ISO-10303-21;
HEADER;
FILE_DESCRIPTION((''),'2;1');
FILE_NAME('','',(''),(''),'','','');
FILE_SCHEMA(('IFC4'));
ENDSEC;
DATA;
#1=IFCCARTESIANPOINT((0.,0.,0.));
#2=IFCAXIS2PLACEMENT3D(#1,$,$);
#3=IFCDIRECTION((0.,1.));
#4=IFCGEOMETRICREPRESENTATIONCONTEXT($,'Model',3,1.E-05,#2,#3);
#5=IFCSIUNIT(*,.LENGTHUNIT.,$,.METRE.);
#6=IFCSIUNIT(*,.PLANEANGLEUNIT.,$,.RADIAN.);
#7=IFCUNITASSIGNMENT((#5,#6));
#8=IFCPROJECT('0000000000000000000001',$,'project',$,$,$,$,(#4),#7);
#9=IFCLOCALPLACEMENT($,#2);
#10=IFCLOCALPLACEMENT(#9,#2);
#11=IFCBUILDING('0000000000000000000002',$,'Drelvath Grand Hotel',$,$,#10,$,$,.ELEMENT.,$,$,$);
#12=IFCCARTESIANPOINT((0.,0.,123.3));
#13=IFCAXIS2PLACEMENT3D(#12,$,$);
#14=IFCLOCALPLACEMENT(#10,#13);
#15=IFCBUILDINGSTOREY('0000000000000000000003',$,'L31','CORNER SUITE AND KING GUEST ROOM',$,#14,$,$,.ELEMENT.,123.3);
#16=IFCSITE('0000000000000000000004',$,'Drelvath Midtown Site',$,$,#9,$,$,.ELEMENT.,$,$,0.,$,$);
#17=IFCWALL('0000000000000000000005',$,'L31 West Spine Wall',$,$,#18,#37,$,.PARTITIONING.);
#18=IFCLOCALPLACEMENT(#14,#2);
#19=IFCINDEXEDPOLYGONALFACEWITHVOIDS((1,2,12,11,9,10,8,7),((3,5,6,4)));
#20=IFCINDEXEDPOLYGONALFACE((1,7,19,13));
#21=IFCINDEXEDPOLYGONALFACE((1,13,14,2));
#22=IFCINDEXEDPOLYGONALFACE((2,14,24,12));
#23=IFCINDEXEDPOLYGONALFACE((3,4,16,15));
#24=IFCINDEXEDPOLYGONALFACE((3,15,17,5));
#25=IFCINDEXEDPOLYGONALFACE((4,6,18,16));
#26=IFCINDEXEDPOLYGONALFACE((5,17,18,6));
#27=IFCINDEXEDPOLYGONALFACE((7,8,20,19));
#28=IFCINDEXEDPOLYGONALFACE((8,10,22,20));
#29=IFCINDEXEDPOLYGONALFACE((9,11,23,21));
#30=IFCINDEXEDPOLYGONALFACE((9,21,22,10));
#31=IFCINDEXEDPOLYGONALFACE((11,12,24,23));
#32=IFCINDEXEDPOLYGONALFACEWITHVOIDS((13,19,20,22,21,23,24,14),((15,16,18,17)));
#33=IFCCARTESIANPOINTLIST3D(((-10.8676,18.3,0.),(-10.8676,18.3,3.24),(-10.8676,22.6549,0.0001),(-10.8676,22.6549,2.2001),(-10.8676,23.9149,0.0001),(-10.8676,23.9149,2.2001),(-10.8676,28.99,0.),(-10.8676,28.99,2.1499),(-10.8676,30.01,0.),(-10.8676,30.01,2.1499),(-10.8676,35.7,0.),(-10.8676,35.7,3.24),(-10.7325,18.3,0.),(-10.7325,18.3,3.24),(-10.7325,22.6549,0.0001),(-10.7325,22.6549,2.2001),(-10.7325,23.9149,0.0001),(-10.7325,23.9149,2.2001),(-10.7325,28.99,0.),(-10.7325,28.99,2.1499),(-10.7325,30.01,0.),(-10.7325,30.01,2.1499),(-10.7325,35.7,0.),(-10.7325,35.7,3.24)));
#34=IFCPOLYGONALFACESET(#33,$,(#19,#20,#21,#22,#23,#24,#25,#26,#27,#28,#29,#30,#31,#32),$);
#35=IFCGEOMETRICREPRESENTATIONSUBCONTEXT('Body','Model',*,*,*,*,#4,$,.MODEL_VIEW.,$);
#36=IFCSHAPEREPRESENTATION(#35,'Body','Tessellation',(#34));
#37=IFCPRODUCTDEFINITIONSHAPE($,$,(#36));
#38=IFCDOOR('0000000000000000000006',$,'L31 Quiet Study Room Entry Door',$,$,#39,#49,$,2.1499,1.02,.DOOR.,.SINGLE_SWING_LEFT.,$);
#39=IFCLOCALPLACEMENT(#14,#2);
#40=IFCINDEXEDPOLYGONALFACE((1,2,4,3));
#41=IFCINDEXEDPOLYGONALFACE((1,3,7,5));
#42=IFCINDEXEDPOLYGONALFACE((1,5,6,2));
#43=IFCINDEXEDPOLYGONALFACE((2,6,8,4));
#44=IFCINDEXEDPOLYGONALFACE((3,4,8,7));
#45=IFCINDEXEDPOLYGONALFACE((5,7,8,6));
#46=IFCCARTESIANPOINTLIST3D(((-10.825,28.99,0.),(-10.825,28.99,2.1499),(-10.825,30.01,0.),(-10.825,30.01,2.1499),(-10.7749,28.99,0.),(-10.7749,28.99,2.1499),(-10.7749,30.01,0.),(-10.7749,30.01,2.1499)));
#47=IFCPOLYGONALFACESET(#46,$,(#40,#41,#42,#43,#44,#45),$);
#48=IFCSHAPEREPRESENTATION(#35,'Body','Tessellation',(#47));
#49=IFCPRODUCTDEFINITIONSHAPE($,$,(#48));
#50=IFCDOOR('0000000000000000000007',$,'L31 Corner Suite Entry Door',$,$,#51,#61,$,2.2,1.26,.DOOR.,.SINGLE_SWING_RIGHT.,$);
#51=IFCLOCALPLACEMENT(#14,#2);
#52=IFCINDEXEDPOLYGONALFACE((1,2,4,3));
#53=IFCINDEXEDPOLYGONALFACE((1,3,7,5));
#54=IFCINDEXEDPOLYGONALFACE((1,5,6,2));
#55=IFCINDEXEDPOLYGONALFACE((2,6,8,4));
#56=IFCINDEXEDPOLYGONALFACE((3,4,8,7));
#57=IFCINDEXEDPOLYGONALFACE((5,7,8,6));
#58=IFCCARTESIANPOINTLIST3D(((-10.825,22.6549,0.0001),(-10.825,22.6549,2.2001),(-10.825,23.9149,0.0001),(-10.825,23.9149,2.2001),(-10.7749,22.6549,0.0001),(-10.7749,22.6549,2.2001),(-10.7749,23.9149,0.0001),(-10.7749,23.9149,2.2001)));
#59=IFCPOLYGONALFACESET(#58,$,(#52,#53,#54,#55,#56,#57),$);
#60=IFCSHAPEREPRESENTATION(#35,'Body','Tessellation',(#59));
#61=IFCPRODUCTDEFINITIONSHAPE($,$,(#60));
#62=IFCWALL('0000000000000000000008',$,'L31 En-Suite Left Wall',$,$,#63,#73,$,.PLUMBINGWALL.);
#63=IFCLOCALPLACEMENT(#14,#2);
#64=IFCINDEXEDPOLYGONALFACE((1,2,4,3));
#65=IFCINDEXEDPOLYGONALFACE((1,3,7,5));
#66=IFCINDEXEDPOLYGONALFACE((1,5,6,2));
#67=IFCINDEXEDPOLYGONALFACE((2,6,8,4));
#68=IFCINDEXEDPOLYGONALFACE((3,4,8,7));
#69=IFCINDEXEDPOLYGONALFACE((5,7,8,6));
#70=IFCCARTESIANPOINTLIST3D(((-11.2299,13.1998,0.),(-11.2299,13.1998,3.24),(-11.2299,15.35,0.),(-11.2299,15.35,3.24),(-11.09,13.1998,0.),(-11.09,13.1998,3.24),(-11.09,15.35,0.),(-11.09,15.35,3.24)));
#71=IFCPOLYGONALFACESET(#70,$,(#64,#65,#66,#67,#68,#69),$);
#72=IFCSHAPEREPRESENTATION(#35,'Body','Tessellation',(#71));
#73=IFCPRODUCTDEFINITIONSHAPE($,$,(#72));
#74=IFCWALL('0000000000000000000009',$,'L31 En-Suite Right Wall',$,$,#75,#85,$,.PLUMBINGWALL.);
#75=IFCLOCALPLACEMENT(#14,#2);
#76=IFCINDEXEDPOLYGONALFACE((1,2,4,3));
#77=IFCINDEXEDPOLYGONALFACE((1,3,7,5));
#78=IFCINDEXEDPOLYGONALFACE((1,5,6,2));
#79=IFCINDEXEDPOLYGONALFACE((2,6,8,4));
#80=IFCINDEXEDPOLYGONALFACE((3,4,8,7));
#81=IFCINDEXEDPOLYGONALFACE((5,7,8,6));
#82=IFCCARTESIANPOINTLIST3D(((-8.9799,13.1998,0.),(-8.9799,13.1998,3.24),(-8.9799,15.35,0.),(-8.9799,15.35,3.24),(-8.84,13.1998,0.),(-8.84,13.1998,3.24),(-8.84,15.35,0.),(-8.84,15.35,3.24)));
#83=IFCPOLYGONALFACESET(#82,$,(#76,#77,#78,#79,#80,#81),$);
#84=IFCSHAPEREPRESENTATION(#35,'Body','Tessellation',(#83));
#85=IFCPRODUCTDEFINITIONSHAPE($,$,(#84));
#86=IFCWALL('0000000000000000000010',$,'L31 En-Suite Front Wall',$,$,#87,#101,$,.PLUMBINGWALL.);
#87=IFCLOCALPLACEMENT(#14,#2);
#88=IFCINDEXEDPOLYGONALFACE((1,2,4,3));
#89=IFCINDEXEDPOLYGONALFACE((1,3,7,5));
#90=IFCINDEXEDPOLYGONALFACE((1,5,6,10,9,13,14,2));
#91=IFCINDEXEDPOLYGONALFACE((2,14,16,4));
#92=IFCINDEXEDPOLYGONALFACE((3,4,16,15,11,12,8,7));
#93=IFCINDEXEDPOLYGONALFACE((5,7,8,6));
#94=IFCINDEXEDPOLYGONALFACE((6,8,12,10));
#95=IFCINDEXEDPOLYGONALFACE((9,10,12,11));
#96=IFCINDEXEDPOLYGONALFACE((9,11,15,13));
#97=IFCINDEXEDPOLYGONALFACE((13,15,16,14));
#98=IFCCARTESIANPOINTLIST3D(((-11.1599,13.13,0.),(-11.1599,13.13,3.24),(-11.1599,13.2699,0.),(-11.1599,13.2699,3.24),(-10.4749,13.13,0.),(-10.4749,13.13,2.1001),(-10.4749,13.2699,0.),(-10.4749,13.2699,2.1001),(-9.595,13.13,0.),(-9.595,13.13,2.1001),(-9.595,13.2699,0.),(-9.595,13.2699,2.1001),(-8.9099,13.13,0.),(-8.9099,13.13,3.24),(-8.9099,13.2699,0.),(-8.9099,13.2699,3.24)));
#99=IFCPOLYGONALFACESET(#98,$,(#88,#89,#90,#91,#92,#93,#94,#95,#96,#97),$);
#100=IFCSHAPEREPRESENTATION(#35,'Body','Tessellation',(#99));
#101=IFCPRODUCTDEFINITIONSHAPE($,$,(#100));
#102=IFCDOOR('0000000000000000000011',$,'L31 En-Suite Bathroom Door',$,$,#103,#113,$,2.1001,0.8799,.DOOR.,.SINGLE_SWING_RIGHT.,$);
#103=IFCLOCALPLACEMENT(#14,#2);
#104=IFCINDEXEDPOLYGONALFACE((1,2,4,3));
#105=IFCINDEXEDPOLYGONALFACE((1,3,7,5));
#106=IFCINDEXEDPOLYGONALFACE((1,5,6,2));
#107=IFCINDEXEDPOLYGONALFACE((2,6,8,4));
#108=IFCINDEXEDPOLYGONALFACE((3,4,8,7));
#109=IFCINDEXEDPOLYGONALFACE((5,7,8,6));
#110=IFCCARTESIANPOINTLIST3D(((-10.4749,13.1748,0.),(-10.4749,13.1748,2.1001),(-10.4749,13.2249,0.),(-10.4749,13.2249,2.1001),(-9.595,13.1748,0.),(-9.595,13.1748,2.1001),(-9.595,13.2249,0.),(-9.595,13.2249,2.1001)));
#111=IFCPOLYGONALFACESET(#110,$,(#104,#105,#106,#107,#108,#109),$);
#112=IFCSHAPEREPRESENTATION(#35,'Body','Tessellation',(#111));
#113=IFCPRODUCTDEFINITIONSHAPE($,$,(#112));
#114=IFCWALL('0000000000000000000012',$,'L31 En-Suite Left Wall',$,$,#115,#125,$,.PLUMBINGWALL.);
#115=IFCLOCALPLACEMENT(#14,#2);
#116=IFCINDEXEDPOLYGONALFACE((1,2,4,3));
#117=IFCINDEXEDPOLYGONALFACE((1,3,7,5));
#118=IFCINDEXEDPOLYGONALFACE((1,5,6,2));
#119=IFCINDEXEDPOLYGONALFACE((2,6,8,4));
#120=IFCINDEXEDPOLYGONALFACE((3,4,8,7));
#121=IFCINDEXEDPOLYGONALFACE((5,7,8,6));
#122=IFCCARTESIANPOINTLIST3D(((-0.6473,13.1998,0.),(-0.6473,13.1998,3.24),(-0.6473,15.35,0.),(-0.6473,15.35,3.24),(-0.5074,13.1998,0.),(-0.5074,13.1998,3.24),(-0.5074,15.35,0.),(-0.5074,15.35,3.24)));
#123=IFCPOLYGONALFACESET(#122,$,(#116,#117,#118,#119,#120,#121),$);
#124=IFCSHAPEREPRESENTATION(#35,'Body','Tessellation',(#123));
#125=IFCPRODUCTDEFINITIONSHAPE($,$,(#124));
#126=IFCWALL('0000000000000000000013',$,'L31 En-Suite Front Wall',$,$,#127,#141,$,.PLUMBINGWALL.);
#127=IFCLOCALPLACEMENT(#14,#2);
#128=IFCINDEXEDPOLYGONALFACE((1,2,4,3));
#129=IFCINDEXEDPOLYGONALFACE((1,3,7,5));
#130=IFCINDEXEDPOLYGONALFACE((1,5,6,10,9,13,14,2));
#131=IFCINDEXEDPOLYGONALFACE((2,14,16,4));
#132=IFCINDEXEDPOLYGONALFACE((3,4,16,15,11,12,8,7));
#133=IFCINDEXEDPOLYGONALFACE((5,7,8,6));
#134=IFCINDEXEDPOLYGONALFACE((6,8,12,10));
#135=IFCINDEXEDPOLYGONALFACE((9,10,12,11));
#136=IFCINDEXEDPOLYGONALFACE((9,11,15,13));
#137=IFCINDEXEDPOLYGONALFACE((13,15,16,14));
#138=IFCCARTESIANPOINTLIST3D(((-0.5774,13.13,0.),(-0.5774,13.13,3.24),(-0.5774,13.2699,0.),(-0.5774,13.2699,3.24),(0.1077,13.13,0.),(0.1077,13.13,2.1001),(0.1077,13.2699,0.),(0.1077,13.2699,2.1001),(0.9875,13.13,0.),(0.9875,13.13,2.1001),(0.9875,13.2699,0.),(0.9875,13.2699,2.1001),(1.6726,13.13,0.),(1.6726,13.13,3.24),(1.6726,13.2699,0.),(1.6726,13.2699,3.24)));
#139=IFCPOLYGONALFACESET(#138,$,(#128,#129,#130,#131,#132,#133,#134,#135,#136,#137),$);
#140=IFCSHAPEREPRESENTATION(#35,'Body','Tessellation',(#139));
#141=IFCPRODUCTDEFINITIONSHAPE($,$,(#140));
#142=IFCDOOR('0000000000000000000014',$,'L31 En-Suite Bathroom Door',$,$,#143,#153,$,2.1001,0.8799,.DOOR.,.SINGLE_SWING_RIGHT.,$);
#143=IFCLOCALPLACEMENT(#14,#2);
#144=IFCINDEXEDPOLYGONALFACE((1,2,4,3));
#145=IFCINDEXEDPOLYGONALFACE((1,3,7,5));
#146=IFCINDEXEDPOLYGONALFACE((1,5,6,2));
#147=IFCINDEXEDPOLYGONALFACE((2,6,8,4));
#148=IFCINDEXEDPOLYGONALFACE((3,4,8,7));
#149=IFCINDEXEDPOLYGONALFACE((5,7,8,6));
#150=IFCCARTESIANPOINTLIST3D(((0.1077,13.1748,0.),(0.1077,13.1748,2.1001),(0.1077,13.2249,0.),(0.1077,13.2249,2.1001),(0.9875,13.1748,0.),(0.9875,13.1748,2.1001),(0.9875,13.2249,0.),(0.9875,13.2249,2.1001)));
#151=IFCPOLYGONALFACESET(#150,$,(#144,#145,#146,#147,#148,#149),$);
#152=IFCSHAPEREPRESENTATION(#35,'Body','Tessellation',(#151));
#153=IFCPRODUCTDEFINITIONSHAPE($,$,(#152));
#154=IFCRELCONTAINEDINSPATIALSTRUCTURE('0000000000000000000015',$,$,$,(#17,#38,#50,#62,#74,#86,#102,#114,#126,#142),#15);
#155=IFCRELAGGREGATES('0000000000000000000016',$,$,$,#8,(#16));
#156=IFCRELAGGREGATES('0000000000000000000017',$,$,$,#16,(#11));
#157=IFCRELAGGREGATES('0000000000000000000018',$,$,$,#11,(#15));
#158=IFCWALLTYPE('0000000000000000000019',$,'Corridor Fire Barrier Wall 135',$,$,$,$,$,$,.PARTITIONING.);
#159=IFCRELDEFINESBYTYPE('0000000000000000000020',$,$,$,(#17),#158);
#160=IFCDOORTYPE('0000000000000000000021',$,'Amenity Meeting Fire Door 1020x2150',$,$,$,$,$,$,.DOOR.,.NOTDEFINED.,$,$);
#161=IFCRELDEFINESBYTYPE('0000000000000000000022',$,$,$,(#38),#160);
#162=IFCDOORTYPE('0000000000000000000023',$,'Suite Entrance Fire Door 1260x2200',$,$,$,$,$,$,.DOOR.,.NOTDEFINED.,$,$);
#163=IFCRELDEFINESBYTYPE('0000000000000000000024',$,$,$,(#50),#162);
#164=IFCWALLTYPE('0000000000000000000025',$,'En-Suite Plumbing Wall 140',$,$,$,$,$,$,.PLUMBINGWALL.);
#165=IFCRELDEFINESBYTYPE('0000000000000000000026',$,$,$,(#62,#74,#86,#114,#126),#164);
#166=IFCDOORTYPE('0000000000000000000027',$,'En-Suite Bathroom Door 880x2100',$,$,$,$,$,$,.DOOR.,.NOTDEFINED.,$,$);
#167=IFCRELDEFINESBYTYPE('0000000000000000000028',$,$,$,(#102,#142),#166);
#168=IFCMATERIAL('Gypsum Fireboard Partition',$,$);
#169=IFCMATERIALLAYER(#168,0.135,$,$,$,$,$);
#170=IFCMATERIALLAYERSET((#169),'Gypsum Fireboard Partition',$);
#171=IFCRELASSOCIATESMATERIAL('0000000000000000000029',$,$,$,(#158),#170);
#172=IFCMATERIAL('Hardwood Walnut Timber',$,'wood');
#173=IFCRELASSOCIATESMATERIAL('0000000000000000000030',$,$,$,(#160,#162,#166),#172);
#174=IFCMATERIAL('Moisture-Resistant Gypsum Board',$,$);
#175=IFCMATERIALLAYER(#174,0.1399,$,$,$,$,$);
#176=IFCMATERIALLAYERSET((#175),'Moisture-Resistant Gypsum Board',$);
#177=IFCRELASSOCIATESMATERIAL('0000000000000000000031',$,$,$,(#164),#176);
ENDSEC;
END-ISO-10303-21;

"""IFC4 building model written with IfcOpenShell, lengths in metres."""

from ifc_helpers import new_model, si_unit, direction, frame, frame_2d, origin, place, context, subcontext, project, spatial, rectangle, extrude, material, layer, layer_set, type_object, element, fill, save


model = new_model("IFC4")

# Units and contexts
model_context = context("Model", 3, precision=1e-05, world=origin(), true_north=direction((0.0, 1.0)))
body_context = subcontext(model_context, "Body", "Model", "MODEL_VIEW")
ifc_project = project(units=[si_unit("LENGTHUNIT", "METRE"), si_unit("PLANEANGLEUNIT", "RADIAN")], contexts=[model_context])

# Site, building, storey
site_placement = place(None, origin())
site = spatial("IfcSite", under=ifc_project, at=site_placement, Name="Drelvath Midtown Site", CompositionType="ELEMENT", RefElevation=0.0)
building_placement = place(site_placement, origin())
building = spatial("IfcBuilding", under=site, at=building_placement, Name="Drelvath Grand Hotel", CompositionType="ELEMENT")
storey_placement = place(building_placement, frame((0.0, 0.0, 123.3)))
storey = spatial("IfcBuildingStorey", under=building, at=storey_placement, Name="L31", Description="CORNER SUITE AND KING GUEST ROOM", CompositionType="ELEMENT", Elevation=123.3)

# Shared definitions
ifc_material_1 = material(Name="Gypsum Fireboard Partition")
ifc_layer_1 = layer(ifc_material_1, 0.135)
ifc_layer_set_1 = layer_set([ifc_layer_1], Name="Gypsum Fireboard Partition")
wall_type_1 = type_object("IfcWallType", Name="Corridor Fire Barrier Wall 135", PredefinedType="PARTITIONING", material=ifc_layer_set_1)

# Wall, openings, doors
wall_1_placement = place(storey_placement, frame((-10.8, 18.3, 0.0), z_axis=(0.0, 0.0, 1.0), x_axis=(0.0, 1.0, 0.0)))
wall_1 = element("IfcWall", 1, at=wall_1_placement, inside=storey, type_object=wall_type_1, Name="L31 West Spine Wall", PredefinedType="PARTITIONING", context=body_context, shape_type="SweptSolid", body=[
    extrude(rectangle(XDim=17.3999, YDim=0.135, at=frame_2d((8.7, 0.0))), origin(), (0.0, 0.0, 1.0), 3.24),
])
opening_1_placement = place(wall_1_placement, frame((4.355, 0.0, 0.0)))
opening_1 = element("IfcOpeningElement", 2, at=opening_1_placement, cuts=wall_1, PredefinedType="OPENING", context=body_context, shape_type="SweptSolid", body=[
    extrude(rectangle(XDim=1.26, YDim=2.2, at=frame_2d((0.6299, 1.1001))), frame((0.0, 0.0774, 0.0), z_axis=(0.0, -1.0, 0.0), x_axis=(1.0, 0.0, 0.0)), (0.0, 0.0, 1.0), 0.155),
])
opening_2_placement = place(wall_1_placement, frame((10.6899, 0.0, 0.0)))
opening_2 = element("IfcOpeningElement", 3, at=opening_2_placement, cuts=wall_1, PredefinedType="OPENING", context=body_context, shape_type="SweptSolid", body=[
    extrude(rectangle(XDim=1.02, YDim=2.1499, at=frame_2d((0.51, 1.075))), frame((0.0, 0.0774, 0.0), z_axis=(0.0, -1.0, 0.0), x_axis=(1.0, 0.0, 0.0)), (0.0, 0.0, 1.0), 0.155),
])
ifc_material_2 = material(Name="Hardwood Walnut Timber", Category="wood")
door_type_1 = type_object("IfcDoorType", Name="Amenity Meeting Fire Door 1020x2150", OperationType="NOTDEFINED", PredefinedType="DOOR", material=ifc_material_2)
door_1_placement = place(opening_2_placement, origin())
door_1 = element("IfcDoor", 4, at=door_1_placement, inside=storey, type_object=door_type_1, Name="L31 Quiet Study Room Entry Door", OperationType="SINGLE_SWING_LEFT", OverallHeight=2.1499, OverallWidth=1.02, PredefinedType="DOOR", context=body_context, shape_type="SweptSolid", body=[
    extrude(rectangle(XDim=1.02, YDim=2.1499, at=frame_2d((0.51, 1.075))), frame((0.0, 0.0249, 0.0), z_axis=(0.0, -1.0, 0.0), x_axis=(1.0, 0.0, 0.0)), (0.0, 0.0, 1.0), 0.05),
])
fill(opening_2, door_1)
door_type_2 = type_object("IfcDoorType", Name="Suite Entrance Fire Door 1260x2200", OperationType="NOTDEFINED", PredefinedType="DOOR", material=ifc_material_2)
door_2_placement = place(opening_1_placement, origin())
door_2 = element("IfcDoor", 5, at=door_2_placement, inside=storey, type_object=door_type_2, Name="L31 Corner Suite Entry Door", OperationType="SINGLE_SWING_RIGHT", OverallHeight=2.2, OverallWidth=1.26, PredefinedType="DOOR", context=body_context, shape_type="SweptSolid", body=[
    extrude(rectangle(XDim=1.26, YDim=2.2, at=frame_2d((0.6299, 1.1001))), frame((0.0, 0.0249, 0.0), z_axis=(0.0, -1.0, 0.0), x_axis=(1.0, 0.0, 0.0)), (0.0, 0.0, 1.0), 0.05),
])
fill(opening_1, door_2)

# Walls
ifc_material_3 = material(Name="Moisture-Resistant Gypsum Board")
ifc_layer_2 = layer(ifc_material_3, 0.1399)
ifc_layer_set_2 = layer_set([ifc_layer_2], Name="Moisture-Resistant Gypsum Board")
wall_type_2 = type_object("IfcWallType", Name="En-Suite Plumbing Wall 140", PredefinedType="PLUMBINGWALL", material=ifc_layer_set_2)
for number, where, z_axis, x_axis, name in (
    (6, (-11.1599, 15.3501, 0.0), (0.0, 0.0, 1.0), (0.0, -1.0, 0.0), "L31 En-Suite Left Wall"),
    (7, (-8.9099, 15.3501, 0.0), (0.0, 0.0, 1.0), (0.0, -1.0, 0.0), "L31 En-Suite Right Wall"),
):
    element("IfcWall", number, at=place(storey_placement, frame(where, z_axis=z_axis, x_axis=x_axis)), inside=storey, type_object=wall_type_2, Name=name, PredefinedType="PLUMBINGWALL", context=body_context, shape_type="SweptSolid", body=[
        extrude(rectangle(XDim=2.1501, YDim=0.1399, at=frame_2d((1.0752, 0.0))), origin(), (0.0, 0.0, 1.0), 3.24),
    ])

# Wall, opening, door
wall_2_placement = place(storey_placement, frame((-11.1599, 13.2, 0.0), z_axis=(0.0, 0.0, 1.0), x_axis=(1.0, 0.0, 0.0)))
wall_2 = element("IfcWall", 8, at=wall_2_placement, inside=storey, type_object=wall_type_2, Name="L31 En-Suite Front Wall", PredefinedType="PLUMBINGWALL", context=body_context, shape_type="SweptSolid", body=[
    extrude(rectangle(XDim=2.25, YDim=0.1399, at=frame_2d((1.125, 0.0))), origin(), (0.0, 0.0, 1.0), 3.24),
])
opening_3_placement = place(wall_2_placement, frame((0.6851, 0.0, 0.0)))
opening_3 = element("IfcOpeningElement", 9, at=opening_3_placement, cuts=wall_2, PredefinedType="OPENING", context=body_context, shape_type="SweptSolid", body=[
    extrude(rectangle(XDim=0.8799, YDim=2.1001, at=frame_2d((0.4399, 1.05))), frame((0.0, 0.0798, 0.0), z_axis=(0.0, -1.0, 0.0), x_axis=(1.0, 0.0, 0.0)), (0.0, 0.0, 1.0), 0.1599),
])
door_type_3 = type_object("IfcDoorType", Name="En-Suite Bathroom Door 880x2100", OperationType="NOTDEFINED", PredefinedType="DOOR", material=ifc_material_2)
door_3_placement = place(opening_3_placement, origin())
door_3 = element("IfcDoor", 10, at=door_3_placement, inside=storey, type_object=door_type_3, Name="L31 En-Suite Bathroom Door", OperationType="SINGLE_SWING_RIGHT", OverallHeight=2.1001, OverallWidth=0.8799, PredefinedType="DOOR", context=body_context, shape_type="SweptSolid", body=[
    extrude(rectangle(XDim=0.8799, YDim=2.1001, at=frame_2d((0.4399, 1.05))), frame((0.0, 0.0249, 0.0), z_axis=(0.0, -1.0, 0.0), x_axis=(1.0, 0.0, 0.0)), (0.0, 0.0, 1.0), 0.05),
])
fill(opening_3, door_3)

# Wall
wall_3_placement = place(storey_placement, frame((-0.5774, 15.3501, 0.0), z_axis=(0.0, 0.0, 1.0), x_axis=(0.0, -1.0, 0.0)))
element("IfcWall", 11, at=wall_3_placement, inside=storey, type_object=wall_type_2, Name="L31 En-Suite Left Wall", PredefinedType="PLUMBINGWALL", context=body_context, shape_type="SweptSolid", body=[
    extrude(rectangle(XDim=2.1501, YDim=0.1399, at=frame_2d((1.0752, 0.0))), origin(), (0.0, 0.0, 1.0), 3.24),
])

# Wall, opening, door
wall_4_placement = place(storey_placement, frame((-0.5774, 13.2, 0.0), z_axis=(0.0, 0.0, 1.0), x_axis=(1.0, 0.0, 0.0)))
wall_4 = element("IfcWall", 12, at=wall_4_placement, inside=storey, type_object=wall_type_2, Name="L31 En-Suite Front Wall", PredefinedType="PLUMBINGWALL", context=body_context, shape_type="SweptSolid", body=[
    extrude(rectangle(XDim=2.25, YDim=0.1399, at=frame_2d((1.125, 0.0))), origin(), (0.0, 0.0, 1.0), 3.24),
])
opening_4_placement = place(wall_4_placement, frame((0.6851, 0.0, 0.0)))
opening_4 = element("IfcOpeningElement", 13, at=opening_4_placement, cuts=wall_4, PredefinedType="OPENING", context=body_context, shape_type="SweptSolid", body=[
    extrude(rectangle(XDim=0.8799, YDim=2.1001, at=frame_2d((0.4399, 1.05))), frame((0.0, 0.0798, 0.0), z_axis=(0.0, -1.0, 0.0), x_axis=(1.0, 0.0, 0.0)), (0.0, 0.0, 1.0), 0.1599),
])
door_4_placement = place(opening_4_placement, origin())
door_4 = element("IfcDoor", 14, at=door_4_placement, inside=storey, type_object=door_type_3, Name="L31 En-Suite Bathroom Door", OperationType="SINGLE_SWING_RIGHT", OverallHeight=2.1001, OverallWidth=0.8799, PredefinedType="DOOR", context=body_context, shape_type="SweptSolid", body=[
    extrude(rectangle(XDim=0.8799, YDim=2.1001, at=frame_2d((0.4399, 1.05))), frame((0.0, 0.0249, 0.0), z_axis=(0.0, -1.0, 0.0), x_axis=(1.0, 0.0, 0.0)), (0.0, 0.0, 1.0), 0.05),
])
fill(opening_4, door_4)

save(model, "model.ifc")
